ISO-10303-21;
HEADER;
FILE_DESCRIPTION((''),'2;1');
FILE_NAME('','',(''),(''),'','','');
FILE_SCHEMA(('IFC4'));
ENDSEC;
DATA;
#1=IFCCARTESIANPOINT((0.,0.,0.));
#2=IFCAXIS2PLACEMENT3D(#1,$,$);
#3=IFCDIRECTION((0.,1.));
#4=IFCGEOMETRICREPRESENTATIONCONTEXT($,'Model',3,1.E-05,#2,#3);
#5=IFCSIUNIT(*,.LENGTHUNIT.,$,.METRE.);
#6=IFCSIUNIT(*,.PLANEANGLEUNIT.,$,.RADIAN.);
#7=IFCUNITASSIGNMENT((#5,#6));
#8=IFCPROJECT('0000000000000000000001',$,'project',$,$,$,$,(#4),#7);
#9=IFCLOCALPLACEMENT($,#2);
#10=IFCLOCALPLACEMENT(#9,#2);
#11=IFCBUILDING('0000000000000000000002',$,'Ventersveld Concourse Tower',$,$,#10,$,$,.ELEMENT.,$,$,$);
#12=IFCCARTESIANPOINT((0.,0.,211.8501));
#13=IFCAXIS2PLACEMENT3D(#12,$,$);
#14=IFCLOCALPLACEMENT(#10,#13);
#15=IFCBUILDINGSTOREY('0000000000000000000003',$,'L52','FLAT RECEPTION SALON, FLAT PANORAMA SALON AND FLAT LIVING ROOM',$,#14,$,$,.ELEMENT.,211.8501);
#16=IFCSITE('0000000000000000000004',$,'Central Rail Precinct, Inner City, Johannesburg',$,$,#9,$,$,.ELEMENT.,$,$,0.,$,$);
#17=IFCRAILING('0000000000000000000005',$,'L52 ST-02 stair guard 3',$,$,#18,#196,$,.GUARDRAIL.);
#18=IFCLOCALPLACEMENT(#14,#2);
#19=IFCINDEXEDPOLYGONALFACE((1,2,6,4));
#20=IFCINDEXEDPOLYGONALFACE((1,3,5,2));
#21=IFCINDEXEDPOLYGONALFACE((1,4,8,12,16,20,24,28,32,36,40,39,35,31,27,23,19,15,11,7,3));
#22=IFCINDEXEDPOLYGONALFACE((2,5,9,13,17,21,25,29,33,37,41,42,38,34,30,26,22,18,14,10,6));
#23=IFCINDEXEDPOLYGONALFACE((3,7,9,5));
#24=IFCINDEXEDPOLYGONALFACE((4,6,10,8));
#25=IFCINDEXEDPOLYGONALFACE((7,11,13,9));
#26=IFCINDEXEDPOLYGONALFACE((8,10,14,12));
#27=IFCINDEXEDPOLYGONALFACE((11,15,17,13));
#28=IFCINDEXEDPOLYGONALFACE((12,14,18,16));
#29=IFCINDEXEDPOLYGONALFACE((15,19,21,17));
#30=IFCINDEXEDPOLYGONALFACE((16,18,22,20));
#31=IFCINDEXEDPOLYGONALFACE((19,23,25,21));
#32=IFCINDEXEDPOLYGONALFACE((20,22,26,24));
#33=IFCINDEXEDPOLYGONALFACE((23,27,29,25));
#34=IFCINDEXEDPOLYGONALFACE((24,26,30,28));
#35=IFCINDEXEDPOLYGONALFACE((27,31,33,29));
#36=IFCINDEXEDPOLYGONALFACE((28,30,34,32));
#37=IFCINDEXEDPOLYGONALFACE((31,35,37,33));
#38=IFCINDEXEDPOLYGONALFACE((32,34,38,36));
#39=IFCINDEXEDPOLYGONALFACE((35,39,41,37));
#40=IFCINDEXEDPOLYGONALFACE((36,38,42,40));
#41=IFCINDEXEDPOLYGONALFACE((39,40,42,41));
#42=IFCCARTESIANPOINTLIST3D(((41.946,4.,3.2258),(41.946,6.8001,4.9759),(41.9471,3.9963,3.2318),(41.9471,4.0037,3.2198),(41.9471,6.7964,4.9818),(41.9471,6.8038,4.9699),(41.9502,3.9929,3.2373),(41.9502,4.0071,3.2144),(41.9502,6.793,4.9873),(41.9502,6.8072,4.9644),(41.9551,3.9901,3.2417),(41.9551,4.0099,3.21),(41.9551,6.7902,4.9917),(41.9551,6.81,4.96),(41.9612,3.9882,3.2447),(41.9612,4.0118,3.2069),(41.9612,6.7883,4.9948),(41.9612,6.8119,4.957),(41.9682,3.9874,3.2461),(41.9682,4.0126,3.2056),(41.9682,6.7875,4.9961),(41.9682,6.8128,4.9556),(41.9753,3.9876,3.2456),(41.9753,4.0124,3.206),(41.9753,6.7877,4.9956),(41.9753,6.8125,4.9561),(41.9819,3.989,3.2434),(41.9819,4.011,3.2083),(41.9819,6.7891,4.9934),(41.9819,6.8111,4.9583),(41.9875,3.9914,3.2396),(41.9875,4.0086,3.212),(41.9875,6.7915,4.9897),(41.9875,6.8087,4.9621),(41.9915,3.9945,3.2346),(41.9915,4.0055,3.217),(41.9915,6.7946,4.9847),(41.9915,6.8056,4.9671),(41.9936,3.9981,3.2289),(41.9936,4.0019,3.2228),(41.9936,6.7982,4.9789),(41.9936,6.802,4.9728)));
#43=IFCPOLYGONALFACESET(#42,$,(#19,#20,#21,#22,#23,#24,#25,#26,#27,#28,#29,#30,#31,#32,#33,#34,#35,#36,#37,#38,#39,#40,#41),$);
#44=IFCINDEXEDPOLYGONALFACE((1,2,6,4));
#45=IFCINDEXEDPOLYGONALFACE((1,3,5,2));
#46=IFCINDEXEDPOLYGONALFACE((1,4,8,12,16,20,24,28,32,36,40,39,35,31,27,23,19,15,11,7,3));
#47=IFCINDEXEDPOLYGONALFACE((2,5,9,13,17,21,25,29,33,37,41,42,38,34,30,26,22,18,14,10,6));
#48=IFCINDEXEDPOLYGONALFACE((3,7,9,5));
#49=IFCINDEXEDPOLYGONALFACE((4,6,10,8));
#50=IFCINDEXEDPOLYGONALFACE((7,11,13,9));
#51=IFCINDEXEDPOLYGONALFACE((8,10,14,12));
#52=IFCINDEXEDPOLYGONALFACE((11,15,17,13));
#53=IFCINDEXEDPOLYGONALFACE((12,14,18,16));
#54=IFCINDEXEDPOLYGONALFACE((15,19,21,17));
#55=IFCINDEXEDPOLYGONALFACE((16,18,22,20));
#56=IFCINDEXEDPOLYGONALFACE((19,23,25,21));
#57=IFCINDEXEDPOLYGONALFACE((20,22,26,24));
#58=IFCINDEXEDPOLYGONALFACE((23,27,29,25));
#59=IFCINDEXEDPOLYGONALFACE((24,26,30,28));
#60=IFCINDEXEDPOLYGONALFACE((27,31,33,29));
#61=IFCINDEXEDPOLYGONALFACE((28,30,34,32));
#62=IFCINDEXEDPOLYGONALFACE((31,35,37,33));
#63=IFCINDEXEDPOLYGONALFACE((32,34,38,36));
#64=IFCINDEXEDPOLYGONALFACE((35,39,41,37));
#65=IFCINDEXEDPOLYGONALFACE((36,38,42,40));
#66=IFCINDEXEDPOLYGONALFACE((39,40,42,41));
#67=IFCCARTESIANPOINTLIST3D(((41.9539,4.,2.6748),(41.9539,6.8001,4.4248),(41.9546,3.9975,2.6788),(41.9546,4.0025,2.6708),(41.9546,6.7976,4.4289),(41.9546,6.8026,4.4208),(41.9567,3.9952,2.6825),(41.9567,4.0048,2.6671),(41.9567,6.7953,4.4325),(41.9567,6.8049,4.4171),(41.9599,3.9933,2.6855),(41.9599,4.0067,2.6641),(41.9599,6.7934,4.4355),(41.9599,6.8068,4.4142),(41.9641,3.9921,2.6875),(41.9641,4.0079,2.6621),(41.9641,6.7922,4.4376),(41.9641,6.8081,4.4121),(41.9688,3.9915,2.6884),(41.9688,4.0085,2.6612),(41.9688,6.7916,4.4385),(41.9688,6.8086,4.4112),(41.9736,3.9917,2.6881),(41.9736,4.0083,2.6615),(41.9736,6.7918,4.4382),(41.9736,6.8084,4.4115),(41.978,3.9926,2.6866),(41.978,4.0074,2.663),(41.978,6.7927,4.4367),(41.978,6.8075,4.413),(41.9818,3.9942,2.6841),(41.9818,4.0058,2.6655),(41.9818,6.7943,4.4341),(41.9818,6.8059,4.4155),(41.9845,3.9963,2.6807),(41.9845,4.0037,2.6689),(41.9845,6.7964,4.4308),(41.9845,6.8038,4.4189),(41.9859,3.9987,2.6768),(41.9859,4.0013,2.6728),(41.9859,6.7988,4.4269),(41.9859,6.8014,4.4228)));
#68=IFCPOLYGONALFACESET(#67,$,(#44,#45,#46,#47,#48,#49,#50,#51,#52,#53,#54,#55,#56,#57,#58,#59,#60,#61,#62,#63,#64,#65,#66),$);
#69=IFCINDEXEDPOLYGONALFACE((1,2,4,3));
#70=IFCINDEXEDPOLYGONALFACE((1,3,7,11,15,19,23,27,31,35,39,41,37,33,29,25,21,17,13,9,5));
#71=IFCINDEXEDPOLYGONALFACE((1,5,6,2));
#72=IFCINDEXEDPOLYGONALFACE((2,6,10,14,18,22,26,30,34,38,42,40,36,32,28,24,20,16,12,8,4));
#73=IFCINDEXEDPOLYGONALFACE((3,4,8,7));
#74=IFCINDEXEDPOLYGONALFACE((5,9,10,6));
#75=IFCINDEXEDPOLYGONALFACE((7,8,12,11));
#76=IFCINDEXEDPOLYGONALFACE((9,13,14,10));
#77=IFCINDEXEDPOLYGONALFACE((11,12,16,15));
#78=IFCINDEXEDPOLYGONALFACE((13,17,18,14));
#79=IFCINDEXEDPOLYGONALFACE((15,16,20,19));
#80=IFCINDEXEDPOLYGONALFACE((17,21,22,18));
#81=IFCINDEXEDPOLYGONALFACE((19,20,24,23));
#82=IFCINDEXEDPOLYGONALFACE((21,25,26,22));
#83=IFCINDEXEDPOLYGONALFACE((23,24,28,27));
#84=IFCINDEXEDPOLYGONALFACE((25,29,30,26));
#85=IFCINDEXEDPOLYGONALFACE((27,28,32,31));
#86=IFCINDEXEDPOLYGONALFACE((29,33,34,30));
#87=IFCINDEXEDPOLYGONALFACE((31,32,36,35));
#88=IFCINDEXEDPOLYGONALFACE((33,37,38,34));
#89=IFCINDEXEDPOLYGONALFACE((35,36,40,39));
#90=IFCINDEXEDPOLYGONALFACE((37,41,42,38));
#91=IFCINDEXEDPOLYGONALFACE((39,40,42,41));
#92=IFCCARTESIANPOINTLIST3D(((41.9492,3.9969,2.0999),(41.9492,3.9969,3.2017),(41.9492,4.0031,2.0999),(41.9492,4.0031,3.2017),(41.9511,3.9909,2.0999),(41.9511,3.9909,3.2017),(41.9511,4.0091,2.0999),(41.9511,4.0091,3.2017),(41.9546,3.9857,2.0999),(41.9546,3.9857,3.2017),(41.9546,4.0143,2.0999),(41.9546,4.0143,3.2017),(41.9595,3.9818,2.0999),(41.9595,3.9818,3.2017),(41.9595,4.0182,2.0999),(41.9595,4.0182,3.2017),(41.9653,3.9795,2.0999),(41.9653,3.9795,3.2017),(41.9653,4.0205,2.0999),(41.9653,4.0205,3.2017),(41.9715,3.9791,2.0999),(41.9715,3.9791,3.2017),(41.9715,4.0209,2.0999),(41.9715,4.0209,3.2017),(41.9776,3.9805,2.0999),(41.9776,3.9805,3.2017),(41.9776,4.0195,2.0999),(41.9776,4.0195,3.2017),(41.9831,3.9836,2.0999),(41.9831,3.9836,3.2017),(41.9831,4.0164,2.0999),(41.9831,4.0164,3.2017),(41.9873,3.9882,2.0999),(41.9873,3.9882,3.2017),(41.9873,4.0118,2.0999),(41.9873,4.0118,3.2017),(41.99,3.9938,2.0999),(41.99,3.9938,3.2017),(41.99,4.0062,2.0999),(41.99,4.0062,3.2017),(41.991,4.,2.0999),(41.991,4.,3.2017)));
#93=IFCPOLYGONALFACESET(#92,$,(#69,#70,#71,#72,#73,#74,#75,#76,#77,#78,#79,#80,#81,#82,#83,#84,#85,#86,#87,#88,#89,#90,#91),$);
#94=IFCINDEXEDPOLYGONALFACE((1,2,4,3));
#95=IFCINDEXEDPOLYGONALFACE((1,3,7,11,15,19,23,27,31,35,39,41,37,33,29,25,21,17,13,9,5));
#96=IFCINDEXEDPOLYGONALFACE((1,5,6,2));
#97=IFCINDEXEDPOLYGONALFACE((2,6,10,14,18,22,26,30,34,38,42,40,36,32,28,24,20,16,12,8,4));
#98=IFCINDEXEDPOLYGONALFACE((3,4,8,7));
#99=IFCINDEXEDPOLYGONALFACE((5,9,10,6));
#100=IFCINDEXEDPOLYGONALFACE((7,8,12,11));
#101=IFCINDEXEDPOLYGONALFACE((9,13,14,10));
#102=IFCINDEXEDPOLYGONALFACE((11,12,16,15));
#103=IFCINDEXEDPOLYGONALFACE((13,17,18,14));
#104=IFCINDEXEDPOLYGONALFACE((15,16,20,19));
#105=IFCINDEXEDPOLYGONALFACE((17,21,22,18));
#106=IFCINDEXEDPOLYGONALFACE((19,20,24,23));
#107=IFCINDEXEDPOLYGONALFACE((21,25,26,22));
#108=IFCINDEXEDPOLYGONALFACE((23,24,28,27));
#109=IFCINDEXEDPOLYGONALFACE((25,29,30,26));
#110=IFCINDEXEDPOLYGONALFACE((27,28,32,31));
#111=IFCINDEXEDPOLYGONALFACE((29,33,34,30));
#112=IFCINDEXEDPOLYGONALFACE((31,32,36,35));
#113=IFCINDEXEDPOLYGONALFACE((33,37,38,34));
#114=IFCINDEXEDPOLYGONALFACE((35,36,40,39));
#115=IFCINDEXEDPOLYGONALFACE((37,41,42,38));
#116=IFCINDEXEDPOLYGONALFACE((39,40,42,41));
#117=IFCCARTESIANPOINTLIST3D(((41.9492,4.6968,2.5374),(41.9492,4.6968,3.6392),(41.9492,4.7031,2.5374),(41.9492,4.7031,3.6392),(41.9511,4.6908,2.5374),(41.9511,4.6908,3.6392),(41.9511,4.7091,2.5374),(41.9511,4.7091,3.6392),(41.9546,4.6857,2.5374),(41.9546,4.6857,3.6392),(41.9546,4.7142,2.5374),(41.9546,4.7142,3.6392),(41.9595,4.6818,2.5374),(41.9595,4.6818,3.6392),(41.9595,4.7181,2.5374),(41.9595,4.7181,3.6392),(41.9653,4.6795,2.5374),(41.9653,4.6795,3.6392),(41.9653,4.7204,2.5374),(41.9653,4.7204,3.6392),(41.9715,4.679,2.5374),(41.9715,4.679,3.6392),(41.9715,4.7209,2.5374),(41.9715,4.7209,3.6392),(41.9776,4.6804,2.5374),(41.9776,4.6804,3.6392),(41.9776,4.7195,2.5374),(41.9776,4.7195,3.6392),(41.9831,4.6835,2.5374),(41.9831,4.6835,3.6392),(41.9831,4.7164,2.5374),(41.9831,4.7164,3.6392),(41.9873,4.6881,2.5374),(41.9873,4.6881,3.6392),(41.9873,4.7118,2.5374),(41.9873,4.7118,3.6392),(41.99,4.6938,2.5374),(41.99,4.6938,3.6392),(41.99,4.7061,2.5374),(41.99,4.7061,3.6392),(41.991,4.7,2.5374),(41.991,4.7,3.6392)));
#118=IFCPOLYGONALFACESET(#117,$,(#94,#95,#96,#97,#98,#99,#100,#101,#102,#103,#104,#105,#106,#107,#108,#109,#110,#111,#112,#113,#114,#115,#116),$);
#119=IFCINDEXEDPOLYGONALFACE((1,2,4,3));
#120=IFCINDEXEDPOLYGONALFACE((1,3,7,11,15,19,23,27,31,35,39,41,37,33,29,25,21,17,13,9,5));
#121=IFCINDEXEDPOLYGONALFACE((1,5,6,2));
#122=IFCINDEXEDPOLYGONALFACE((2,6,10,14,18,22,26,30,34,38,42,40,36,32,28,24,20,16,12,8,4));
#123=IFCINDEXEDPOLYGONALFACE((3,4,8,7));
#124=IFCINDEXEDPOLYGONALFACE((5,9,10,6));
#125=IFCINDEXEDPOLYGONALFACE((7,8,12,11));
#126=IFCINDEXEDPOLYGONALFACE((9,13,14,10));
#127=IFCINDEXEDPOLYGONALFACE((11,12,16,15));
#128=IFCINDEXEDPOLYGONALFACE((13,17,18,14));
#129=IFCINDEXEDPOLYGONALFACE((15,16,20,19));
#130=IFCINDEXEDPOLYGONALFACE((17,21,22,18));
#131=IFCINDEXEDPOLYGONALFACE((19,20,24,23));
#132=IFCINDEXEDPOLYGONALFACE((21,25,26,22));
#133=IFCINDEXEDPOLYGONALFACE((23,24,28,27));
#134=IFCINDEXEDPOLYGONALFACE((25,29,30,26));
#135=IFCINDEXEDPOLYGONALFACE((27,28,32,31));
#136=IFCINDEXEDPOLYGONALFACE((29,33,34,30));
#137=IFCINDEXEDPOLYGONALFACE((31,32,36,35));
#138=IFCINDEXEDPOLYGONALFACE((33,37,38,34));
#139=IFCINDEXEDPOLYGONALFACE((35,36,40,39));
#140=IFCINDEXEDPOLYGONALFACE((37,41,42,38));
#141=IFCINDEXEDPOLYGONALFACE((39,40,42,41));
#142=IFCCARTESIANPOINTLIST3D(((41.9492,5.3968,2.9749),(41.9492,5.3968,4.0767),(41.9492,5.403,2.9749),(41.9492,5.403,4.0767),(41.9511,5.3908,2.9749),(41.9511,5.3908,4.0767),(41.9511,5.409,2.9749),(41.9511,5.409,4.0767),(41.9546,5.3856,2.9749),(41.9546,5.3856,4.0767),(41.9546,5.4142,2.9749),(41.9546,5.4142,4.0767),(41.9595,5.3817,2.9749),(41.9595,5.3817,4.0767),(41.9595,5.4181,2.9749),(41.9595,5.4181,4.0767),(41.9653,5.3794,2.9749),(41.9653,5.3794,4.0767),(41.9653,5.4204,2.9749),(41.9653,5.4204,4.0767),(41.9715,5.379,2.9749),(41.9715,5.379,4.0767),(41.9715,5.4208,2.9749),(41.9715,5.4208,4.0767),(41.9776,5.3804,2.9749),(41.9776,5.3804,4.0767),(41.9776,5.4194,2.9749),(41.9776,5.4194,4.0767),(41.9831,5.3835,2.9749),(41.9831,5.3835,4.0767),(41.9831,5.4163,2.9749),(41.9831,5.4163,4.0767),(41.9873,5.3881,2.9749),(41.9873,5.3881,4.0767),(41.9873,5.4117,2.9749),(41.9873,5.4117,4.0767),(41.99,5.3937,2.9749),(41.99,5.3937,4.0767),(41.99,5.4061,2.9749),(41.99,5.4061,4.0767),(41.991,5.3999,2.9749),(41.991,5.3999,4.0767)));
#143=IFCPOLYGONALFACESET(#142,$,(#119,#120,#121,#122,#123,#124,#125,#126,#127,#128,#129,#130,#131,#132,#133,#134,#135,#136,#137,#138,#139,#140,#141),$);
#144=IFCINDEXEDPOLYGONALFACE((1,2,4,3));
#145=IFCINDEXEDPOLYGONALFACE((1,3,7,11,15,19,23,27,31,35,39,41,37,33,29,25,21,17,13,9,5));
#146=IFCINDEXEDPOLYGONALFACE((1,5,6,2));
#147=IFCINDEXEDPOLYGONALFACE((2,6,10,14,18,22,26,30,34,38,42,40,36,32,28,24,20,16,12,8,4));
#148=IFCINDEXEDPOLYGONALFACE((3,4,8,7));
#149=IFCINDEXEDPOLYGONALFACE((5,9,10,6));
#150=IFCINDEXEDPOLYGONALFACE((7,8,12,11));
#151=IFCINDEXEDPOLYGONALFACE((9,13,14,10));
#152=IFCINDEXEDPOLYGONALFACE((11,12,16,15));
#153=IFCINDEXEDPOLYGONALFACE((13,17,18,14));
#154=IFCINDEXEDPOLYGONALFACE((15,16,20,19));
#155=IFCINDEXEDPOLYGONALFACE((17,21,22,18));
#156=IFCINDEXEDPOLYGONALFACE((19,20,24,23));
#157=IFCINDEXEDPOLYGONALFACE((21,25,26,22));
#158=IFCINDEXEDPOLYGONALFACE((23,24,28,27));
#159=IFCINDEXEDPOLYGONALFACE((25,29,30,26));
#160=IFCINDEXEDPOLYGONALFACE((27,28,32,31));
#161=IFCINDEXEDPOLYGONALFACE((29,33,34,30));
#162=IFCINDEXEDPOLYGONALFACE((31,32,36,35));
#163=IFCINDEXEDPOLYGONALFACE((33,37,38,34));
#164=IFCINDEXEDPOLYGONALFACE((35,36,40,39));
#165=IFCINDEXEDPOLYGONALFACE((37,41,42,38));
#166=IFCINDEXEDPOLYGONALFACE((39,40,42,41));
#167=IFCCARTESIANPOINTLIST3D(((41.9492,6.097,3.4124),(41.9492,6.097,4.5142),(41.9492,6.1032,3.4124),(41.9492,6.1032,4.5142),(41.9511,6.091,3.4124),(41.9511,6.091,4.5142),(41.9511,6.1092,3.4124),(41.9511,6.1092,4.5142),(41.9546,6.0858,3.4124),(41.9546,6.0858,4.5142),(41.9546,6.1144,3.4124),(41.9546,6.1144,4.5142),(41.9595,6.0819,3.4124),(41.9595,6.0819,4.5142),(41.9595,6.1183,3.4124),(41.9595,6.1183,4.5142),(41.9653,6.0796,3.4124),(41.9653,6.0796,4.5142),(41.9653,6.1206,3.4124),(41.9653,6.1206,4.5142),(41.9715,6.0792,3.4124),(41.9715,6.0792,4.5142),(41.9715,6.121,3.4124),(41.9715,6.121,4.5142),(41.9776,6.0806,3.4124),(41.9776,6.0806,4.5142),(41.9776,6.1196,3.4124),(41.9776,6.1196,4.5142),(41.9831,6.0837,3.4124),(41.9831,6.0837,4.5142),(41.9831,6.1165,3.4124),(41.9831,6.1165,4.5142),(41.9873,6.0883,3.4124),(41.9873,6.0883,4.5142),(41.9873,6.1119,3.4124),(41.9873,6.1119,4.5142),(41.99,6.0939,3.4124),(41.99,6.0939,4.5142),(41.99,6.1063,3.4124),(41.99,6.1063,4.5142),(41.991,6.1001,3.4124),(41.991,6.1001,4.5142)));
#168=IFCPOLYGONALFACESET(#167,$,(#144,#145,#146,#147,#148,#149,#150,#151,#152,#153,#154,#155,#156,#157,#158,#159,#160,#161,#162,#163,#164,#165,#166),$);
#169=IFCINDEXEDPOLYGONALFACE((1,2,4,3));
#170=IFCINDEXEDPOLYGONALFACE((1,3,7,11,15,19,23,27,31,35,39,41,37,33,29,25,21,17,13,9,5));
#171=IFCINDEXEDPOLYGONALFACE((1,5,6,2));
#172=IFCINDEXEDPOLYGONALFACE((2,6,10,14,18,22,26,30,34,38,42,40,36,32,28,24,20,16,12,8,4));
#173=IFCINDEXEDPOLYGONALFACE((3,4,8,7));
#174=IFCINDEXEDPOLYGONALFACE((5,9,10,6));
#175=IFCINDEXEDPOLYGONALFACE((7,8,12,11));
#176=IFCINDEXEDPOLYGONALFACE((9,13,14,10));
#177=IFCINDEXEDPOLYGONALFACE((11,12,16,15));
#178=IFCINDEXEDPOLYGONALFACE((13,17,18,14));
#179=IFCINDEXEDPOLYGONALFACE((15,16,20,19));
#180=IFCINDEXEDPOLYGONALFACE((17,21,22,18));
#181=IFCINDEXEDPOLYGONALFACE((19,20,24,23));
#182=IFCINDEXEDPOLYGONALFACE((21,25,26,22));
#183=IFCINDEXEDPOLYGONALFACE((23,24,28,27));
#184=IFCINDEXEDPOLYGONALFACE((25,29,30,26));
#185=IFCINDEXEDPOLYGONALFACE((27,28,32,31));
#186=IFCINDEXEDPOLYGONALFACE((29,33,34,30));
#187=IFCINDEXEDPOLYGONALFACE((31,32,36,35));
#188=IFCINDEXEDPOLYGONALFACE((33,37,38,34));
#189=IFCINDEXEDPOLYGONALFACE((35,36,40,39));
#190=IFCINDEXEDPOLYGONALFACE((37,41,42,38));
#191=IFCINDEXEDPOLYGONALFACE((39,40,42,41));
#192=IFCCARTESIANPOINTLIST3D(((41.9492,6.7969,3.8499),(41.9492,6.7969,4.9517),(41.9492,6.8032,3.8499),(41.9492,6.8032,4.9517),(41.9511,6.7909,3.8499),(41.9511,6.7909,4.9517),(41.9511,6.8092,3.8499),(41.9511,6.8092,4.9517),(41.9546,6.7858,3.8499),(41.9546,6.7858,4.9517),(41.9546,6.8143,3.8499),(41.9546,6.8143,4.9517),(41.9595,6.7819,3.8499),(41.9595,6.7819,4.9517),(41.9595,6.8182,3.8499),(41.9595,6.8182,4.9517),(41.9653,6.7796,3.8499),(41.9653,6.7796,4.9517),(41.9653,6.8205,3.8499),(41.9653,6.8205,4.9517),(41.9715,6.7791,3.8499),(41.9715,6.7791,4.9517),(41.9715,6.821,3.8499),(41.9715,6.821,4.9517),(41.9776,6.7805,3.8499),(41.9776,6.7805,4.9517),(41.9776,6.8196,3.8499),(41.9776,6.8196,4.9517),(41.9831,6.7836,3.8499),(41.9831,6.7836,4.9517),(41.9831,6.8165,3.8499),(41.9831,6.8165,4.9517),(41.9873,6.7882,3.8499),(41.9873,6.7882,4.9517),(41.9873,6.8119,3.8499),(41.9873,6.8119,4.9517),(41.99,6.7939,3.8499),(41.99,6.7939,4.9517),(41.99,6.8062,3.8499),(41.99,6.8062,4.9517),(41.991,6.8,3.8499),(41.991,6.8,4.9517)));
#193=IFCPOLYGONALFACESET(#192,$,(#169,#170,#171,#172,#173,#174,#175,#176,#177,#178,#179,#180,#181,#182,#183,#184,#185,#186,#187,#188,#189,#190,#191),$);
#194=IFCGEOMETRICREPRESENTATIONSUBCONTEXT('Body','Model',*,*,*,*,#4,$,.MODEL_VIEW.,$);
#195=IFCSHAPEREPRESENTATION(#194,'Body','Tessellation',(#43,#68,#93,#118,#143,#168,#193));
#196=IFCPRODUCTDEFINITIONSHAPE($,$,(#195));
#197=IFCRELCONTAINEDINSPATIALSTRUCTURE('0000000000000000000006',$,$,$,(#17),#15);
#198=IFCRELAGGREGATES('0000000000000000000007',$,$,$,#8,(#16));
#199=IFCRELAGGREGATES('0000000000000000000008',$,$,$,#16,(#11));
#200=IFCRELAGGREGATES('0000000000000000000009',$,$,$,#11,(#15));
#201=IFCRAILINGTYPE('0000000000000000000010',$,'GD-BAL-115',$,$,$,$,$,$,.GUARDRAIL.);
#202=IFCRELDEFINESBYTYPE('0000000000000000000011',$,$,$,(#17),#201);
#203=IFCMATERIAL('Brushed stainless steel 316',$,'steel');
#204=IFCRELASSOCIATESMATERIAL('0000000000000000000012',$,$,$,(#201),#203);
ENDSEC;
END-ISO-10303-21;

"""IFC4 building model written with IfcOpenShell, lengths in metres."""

from ifc_helpers import new_model, si_unit, direction, frame, origin, origin_2d, place, context, subcontext, project, spatial, circle, extrude, material, type_object, element, save


model = new_model("IFC4")

# Units and contexts
model_context = context("Model", 3, precision=1e-05, world=origin(), true_north=direction((0.0, 1.0)))
body_context = subcontext(model_context, "Body", "Model", "MODEL_VIEW")
ifc_project = project(units=[si_unit("LENGTHUNIT", "METRE"), si_unit("PLANEANGLEUNIT", "RADIAN")], contexts=[model_context])

# Site, building, storey
site_placement = place(None, origin())
site = spatial("IfcSite", under=ifc_project, at=site_placement, Name="Central Rail Precinct, Inner City, Johannesburg", CompositionType="ELEMENT", RefElevation=0.0)
building_placement = place(site_placement, origin())
building = spatial("IfcBuilding", under=site, at=building_placement, Name="Ventersveld Concourse Tower", CompositionType="ELEMENT")
storey_placement = place(building_placement, frame((0.0, 0.0, 211.8501)))
storey = spatial("IfcBuildingStorey", under=building, at=storey_placement, Name="L52", Description="FLAT RECEPTION SALON, FLAT PANORAMA SALON AND FLAT LIVING ROOM", CompositionType="ELEMENT", Elevation=211.8501)

# Shared definitions
ifc_material_1 = material(Name="Brushed stainless steel 316", Category="steel")

# Railing
railing_type_1 = type_object("IfcRailingType", Name="GD-BAL-115", PredefinedType="GUARDRAIL", material=ifc_material_1)
railing_1_placement = place(storey_placement, frame((41.97, 4.0, 2.0999)))
element("IfcRailing", 1, at=railing_1_placement, inside=storey, type_object=railing_type_1, Name="L52 ST-02 stair guard 3", PredefinedType="GUARDRAIL", context=body_context, shape_type="SweptSolid", body=[
    extrude(circle(Radius=0.0239, at=origin_2d()), frame((0.0, 0.0, 1.126), z_axis=(0.0, 0.848002, 0.529992), x_axis=(-1.0, 0.0, 0.0)), (0.0, 0.0, 1.0), 3.302),
    extrude(circle(Radius=0.0161, at=origin_2d()), frame((0.0, 0.0, 0.575), z_axis=(0.0, 0.848002, 0.529992), x_axis=(-1.0, 0.0, 0.0)), (0.0, 0.0, 1.0), 3.302),
    extrude(circle(Radius=0.021, at=origin_2d()), origin(), (0.0, 0.0, 1.0), 1.1018),
    extrude(circle(Radius=0.021, at=origin_2d()), frame((0.0, 0.7, 0.4375)), (0.0, 0.0, 1.0), 1.1018),
    extrude(circle(Radius=0.021, at=origin_2d()), frame((0.0, 1.3999, 0.875)), (0.0, 0.0, 1.0), 1.1018),
    extrude(circle(Radius=0.021, at=origin_2d()), frame((0.0, 2.1001, 1.3125)), (0.0, 0.0, 1.0), 1.1018),
    extrude(circle(Radius=0.021, at=origin_2d()), frame((0.0, 2.8, 1.75)), (0.0, 0.0, 1.0), 1.1018),
])

save(model, "model.ifc")
